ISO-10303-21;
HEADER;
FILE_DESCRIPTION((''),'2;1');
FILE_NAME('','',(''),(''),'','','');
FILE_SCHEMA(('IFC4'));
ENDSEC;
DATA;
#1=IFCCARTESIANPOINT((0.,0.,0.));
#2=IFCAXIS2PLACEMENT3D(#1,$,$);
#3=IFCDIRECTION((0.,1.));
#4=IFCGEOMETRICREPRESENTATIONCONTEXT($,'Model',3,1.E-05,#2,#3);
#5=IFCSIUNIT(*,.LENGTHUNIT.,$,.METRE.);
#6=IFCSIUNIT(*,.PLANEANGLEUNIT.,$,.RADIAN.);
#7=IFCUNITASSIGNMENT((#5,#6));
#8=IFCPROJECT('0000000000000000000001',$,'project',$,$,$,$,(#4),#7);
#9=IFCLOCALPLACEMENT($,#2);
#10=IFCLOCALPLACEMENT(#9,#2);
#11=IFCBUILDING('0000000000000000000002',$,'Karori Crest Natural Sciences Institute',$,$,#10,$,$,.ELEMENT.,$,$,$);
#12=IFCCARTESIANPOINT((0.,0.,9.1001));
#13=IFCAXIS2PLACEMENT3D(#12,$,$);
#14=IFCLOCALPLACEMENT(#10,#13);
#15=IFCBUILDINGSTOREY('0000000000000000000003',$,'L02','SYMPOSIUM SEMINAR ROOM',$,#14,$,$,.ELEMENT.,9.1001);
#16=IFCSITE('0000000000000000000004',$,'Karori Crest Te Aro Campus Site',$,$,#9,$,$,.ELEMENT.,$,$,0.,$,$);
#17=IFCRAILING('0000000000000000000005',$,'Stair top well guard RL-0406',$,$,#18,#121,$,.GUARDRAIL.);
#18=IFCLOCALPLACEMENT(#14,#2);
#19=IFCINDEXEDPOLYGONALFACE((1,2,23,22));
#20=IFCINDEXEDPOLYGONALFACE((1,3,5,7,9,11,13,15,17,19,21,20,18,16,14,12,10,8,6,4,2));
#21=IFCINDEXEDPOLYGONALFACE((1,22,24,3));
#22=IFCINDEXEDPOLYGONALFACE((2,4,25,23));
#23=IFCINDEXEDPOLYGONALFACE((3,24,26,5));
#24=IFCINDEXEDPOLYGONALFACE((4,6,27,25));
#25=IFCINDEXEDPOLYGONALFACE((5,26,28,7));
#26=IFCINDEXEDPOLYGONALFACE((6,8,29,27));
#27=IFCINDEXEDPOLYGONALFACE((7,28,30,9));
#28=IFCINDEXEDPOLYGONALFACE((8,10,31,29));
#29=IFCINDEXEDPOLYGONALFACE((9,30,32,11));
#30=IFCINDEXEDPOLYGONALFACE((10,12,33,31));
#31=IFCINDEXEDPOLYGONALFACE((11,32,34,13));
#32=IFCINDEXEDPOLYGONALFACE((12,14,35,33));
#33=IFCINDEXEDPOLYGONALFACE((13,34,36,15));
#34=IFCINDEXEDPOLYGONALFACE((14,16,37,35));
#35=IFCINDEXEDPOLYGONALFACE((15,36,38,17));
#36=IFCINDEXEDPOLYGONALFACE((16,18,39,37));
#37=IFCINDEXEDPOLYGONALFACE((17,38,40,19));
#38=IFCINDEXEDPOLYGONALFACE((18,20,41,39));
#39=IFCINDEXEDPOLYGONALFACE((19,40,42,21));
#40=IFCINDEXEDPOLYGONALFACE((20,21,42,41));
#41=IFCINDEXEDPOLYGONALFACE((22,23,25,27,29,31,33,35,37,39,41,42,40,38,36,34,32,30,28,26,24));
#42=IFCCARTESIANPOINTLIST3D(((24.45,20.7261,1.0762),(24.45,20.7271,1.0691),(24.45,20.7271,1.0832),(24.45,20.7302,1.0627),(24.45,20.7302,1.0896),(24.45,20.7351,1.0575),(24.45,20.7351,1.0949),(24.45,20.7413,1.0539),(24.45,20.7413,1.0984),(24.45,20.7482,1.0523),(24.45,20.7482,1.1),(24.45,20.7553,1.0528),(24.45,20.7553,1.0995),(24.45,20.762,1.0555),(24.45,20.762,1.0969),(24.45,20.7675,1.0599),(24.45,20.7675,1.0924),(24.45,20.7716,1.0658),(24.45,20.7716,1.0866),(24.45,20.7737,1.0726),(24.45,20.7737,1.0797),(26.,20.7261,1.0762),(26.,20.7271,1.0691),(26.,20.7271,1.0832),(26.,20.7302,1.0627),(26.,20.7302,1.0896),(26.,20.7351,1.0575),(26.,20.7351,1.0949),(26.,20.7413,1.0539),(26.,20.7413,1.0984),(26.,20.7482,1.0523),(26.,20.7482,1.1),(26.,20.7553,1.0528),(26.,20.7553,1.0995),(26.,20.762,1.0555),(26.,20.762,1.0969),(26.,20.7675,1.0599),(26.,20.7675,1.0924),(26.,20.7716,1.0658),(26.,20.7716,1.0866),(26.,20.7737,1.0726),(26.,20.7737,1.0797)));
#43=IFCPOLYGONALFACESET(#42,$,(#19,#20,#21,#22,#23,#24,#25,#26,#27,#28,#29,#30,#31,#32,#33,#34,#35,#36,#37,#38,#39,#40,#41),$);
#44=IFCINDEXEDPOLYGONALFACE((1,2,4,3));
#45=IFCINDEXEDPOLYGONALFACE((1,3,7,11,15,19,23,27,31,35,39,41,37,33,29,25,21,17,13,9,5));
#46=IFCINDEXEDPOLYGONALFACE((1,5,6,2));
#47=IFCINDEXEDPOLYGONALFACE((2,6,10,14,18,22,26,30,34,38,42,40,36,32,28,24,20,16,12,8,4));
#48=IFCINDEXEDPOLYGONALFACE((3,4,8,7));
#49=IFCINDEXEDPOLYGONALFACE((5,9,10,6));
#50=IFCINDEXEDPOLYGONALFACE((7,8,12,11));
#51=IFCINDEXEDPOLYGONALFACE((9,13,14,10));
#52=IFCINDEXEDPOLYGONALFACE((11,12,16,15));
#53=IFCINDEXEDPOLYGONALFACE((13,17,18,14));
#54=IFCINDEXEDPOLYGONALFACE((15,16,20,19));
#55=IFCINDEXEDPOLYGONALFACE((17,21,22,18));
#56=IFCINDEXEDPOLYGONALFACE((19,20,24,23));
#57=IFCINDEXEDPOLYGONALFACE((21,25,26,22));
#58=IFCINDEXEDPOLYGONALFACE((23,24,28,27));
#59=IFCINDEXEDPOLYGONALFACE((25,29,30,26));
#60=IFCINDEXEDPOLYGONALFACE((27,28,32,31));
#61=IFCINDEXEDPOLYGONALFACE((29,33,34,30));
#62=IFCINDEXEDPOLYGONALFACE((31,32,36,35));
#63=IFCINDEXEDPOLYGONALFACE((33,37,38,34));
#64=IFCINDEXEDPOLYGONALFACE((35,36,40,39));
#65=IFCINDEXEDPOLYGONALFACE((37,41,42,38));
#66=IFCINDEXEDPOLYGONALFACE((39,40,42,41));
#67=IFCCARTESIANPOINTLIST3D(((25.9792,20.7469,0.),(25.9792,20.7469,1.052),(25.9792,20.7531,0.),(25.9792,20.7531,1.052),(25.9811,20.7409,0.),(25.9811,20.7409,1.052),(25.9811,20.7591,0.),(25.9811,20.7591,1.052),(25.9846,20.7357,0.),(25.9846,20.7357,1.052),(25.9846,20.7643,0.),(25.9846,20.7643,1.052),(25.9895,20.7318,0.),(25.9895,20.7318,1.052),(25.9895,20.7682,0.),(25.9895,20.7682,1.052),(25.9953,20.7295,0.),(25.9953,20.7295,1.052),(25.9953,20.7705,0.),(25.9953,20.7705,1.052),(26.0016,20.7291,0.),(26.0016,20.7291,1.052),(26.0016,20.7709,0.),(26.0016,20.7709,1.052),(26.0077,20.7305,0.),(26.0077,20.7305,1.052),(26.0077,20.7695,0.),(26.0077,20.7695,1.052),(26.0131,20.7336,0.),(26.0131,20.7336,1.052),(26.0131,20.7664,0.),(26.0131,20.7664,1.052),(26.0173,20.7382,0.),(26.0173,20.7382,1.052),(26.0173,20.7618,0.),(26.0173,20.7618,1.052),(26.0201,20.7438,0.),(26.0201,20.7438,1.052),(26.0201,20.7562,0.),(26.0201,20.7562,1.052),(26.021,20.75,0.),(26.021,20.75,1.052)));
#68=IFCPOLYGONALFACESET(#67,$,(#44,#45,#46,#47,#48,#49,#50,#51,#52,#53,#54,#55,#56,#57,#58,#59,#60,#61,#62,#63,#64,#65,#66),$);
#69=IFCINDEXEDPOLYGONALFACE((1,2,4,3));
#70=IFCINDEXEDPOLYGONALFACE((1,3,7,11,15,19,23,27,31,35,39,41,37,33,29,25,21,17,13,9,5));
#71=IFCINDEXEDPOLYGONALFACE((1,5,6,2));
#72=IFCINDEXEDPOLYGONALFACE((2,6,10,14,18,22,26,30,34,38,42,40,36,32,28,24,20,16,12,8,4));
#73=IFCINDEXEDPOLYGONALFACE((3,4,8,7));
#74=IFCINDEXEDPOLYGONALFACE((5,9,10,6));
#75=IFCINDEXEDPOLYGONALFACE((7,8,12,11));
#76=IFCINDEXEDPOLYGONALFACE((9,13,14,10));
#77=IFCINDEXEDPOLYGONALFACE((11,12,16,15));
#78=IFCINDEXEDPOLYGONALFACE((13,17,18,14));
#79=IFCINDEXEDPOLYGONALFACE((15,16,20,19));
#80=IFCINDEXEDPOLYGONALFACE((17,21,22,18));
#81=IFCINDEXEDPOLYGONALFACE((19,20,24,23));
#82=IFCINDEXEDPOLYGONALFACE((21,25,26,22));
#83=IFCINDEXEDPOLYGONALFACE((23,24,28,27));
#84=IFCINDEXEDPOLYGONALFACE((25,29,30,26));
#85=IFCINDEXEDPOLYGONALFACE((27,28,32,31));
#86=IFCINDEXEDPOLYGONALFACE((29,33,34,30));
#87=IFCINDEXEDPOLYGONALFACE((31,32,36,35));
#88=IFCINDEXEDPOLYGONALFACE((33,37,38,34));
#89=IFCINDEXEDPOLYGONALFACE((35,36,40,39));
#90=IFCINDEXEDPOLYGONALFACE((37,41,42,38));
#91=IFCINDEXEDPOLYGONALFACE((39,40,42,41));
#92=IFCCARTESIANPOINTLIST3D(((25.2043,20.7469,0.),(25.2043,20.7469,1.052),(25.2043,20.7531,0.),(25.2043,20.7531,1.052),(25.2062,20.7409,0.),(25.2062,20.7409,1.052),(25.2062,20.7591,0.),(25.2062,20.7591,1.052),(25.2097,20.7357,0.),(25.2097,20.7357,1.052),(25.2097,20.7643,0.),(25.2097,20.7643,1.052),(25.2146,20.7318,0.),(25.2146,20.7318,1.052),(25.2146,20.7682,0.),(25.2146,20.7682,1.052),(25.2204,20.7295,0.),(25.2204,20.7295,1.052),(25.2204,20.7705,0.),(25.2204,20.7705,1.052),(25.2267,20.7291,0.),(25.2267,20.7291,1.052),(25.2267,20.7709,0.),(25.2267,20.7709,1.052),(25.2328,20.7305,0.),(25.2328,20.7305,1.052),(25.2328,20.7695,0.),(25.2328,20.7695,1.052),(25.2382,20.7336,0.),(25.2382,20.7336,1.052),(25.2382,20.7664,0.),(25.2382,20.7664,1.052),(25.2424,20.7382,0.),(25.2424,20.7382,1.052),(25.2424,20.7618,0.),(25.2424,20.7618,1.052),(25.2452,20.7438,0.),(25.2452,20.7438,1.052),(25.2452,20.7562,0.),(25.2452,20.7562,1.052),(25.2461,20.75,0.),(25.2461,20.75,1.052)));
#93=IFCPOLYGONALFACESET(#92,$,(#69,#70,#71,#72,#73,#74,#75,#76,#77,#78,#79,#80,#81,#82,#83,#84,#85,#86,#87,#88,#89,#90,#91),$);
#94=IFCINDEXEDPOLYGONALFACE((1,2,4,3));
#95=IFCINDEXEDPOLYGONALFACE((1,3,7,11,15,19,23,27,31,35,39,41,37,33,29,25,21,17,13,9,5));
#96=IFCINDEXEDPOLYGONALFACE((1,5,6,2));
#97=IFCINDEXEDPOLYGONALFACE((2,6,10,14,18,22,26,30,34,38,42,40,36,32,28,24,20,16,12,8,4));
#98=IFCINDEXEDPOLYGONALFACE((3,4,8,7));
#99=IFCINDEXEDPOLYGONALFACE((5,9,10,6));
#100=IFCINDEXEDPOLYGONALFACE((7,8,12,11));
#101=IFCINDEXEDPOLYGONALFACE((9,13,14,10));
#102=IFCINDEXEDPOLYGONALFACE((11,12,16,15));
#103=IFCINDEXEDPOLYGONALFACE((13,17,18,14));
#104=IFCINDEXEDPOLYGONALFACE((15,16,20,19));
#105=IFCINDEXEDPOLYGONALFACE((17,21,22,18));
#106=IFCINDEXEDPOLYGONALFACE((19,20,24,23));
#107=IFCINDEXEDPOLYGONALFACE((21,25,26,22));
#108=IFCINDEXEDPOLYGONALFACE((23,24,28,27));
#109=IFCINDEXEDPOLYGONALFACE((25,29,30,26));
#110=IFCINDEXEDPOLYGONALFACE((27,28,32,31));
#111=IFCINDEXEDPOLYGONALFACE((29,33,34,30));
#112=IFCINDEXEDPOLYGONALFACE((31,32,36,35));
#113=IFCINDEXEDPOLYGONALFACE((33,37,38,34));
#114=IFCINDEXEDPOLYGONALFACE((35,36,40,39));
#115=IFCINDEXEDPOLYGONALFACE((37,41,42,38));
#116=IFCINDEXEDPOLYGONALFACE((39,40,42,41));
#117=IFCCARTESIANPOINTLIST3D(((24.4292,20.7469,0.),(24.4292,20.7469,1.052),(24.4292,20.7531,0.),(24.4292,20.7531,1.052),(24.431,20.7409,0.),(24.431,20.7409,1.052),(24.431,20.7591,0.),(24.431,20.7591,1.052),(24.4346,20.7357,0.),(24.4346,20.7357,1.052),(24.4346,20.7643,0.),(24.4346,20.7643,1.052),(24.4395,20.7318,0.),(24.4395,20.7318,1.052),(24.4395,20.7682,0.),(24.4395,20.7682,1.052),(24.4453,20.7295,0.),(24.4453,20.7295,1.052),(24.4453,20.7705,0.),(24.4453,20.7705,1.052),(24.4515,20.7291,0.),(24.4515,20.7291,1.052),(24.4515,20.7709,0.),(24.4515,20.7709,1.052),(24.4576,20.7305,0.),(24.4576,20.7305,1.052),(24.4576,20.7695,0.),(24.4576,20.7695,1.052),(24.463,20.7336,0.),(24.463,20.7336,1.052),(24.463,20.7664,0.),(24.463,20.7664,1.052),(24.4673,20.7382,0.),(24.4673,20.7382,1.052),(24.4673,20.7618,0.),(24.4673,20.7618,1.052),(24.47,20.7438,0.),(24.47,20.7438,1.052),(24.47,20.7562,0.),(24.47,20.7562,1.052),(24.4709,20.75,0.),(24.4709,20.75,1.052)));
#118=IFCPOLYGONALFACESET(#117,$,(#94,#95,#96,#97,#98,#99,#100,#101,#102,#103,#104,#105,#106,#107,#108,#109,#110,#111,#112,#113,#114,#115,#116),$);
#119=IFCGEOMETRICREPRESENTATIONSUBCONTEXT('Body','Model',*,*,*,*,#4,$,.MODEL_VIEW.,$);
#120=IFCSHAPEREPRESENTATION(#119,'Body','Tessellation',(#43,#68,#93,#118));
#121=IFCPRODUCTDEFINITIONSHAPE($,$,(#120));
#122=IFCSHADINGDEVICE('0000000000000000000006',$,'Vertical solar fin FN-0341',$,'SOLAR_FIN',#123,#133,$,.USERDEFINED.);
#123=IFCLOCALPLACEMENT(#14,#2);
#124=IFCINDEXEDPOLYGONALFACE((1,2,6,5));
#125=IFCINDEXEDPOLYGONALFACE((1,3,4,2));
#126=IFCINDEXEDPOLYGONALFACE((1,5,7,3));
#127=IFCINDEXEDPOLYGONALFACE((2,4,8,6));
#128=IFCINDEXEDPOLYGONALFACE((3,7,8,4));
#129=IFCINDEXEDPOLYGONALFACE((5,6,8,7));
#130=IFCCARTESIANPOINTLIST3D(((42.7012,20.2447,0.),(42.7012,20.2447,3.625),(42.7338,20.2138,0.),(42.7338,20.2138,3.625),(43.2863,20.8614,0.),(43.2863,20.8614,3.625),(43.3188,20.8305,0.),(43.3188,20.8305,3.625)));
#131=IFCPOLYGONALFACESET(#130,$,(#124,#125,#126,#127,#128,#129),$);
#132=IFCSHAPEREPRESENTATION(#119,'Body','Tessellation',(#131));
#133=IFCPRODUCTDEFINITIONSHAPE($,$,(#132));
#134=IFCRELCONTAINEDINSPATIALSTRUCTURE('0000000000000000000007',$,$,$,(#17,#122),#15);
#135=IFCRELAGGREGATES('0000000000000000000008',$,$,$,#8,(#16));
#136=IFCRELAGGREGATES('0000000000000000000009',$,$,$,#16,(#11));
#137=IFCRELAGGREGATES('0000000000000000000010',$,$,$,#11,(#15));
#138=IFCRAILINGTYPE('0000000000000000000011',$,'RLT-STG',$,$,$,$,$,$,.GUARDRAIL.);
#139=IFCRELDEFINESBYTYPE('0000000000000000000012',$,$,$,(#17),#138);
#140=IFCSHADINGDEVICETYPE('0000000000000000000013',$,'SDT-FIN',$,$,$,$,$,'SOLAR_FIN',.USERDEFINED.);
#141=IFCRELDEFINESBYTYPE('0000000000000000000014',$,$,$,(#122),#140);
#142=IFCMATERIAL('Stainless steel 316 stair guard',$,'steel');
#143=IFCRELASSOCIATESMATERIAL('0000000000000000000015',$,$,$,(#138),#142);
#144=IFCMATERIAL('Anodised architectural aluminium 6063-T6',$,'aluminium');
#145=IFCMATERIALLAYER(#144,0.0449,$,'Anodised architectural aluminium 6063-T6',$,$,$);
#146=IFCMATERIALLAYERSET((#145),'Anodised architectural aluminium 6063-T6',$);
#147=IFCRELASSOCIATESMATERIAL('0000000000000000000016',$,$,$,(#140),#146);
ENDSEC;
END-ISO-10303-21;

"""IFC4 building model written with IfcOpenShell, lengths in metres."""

from ifc_helpers import new_model, si_unit, direction, frame, origin, origin_2d, place, context, subcontext, project, spatial, rectangle, circle, extrude, material, layer, layer_set, type_object, element, save


model = new_model("IFC4")

# Units and contexts
model_context = context("Model", 3, precision=1e-05, world=origin(), true_north=direction((0.0, 1.0)))
body_context = subcontext(model_context, "Body", "Model", "MODEL_VIEW")
ifc_project = project(units=[si_unit("LENGTHUNIT", "METRE"), si_unit("PLANEANGLEUNIT", "RADIAN")], contexts=[model_context])

# Site, building, storey
site_placement = place(None, origin())
site = spatial("IfcSite", under=ifc_project, at=site_placement, Name="Karori Crest Te Aro Campus Site", CompositionType="ELEMENT", RefElevation=0.0)
building_placement = place(site_placement, origin())
building = spatial("IfcBuilding", under=site, at=building_placement, Name="Karori Crest Natural Sciences Institute", CompositionType="ELEMENT")
storey_placement = place(building_placement, frame((0.0, 0.0, 9.1001)))
storey = spatial("IfcBuildingStorey", under=building, at=storey_placement, Name="L02", Description="SYMPOSIUM SEMINAR ROOM", CompositionType="ELEMENT", Elevation=9.1001)

# Shared definitions
ifc_material_1 = material(Name="Anodised architectural aluminium 6063-T6", Category="aluminium")

# Railing
ifc_material_2 = material(Name="Stainless steel 316 stair guard", Category="steel")
railing_type = type_object("IfcRailingType", Name="RLT-STG", PredefinedType="GUARDRAIL", material=ifc_material_2)
railing_placement = place(storey_placement, frame((26.0, 20.75, 0.0)))
element("IfcRailing", 1, at=railing_placement, inside=storey, type_object=railing_type, Name="Stair top well guard RL-0406", PredefinedType="GUARDRAIL", context=body_context, shape_type="SweptSolid", body=[
    extrude(circle(Radius=0.0239, at=origin_2d()), frame((0.0, 0.0, 1.0762), z_axis=(-1.0, 0.0, 0.0), x_axis=(0.0, -1.0, 0.0)), (0.0, 0.0, 1.0), 1.55),
    extrude(circle(Radius=0.021, at=origin_2d()), origin(), (0.0, 0.0, 1.0), 1.052),
    extrude(circle(Radius=0.021, at=origin_2d()), frame((-0.7749, 0.0, 0.0)), (0.0, 0.0, 1.0), 1.052),
    extrude(circle(Radius=0.021, at=origin_2d()), frame((-1.55, 0.0, 0.0)), (0.0, 0.0, 1.0), 1.052),
])

# Shading device
ifc_layer_1 = layer(ifc_material_1, 0.0449, Name="Anodised architectural aluminium 6063-T6")
ifc_layer_set_1 = layer_set([ifc_layer_1], Name="Anodised architectural aluminium 6063-T6")
shading_device_type = type_object("IfcShadingDeviceType", Name="SDT-FIN", ElementType="SOLAR_FIN", PredefinedType="USERDEFINED", material=ifc_layer_set_1)
shading_device_placement = place(storey_placement, frame((43.01, 20.5376, 0.0), z_axis=(0.0, 0.0, 1.0), x_axis=(-0.688246, -0.725478, 0.0)))
element("IfcShadingDevice", 2, at=shading_device_placement, inside=storey, type_object=shading_device_type, Name="Vertical solar fin FN-0341", ObjectType="SOLAR_FIN", PredefinedType="USERDEFINED", context=body_context, shape_type="SweptSolid", body=[
    extrude(rectangle(XDim=0.8501, YDim=0.0449, at=origin_2d()), origin(), (0.0, 0.0, 1.0), 3.625),
])

save(model, "model.ifc")
